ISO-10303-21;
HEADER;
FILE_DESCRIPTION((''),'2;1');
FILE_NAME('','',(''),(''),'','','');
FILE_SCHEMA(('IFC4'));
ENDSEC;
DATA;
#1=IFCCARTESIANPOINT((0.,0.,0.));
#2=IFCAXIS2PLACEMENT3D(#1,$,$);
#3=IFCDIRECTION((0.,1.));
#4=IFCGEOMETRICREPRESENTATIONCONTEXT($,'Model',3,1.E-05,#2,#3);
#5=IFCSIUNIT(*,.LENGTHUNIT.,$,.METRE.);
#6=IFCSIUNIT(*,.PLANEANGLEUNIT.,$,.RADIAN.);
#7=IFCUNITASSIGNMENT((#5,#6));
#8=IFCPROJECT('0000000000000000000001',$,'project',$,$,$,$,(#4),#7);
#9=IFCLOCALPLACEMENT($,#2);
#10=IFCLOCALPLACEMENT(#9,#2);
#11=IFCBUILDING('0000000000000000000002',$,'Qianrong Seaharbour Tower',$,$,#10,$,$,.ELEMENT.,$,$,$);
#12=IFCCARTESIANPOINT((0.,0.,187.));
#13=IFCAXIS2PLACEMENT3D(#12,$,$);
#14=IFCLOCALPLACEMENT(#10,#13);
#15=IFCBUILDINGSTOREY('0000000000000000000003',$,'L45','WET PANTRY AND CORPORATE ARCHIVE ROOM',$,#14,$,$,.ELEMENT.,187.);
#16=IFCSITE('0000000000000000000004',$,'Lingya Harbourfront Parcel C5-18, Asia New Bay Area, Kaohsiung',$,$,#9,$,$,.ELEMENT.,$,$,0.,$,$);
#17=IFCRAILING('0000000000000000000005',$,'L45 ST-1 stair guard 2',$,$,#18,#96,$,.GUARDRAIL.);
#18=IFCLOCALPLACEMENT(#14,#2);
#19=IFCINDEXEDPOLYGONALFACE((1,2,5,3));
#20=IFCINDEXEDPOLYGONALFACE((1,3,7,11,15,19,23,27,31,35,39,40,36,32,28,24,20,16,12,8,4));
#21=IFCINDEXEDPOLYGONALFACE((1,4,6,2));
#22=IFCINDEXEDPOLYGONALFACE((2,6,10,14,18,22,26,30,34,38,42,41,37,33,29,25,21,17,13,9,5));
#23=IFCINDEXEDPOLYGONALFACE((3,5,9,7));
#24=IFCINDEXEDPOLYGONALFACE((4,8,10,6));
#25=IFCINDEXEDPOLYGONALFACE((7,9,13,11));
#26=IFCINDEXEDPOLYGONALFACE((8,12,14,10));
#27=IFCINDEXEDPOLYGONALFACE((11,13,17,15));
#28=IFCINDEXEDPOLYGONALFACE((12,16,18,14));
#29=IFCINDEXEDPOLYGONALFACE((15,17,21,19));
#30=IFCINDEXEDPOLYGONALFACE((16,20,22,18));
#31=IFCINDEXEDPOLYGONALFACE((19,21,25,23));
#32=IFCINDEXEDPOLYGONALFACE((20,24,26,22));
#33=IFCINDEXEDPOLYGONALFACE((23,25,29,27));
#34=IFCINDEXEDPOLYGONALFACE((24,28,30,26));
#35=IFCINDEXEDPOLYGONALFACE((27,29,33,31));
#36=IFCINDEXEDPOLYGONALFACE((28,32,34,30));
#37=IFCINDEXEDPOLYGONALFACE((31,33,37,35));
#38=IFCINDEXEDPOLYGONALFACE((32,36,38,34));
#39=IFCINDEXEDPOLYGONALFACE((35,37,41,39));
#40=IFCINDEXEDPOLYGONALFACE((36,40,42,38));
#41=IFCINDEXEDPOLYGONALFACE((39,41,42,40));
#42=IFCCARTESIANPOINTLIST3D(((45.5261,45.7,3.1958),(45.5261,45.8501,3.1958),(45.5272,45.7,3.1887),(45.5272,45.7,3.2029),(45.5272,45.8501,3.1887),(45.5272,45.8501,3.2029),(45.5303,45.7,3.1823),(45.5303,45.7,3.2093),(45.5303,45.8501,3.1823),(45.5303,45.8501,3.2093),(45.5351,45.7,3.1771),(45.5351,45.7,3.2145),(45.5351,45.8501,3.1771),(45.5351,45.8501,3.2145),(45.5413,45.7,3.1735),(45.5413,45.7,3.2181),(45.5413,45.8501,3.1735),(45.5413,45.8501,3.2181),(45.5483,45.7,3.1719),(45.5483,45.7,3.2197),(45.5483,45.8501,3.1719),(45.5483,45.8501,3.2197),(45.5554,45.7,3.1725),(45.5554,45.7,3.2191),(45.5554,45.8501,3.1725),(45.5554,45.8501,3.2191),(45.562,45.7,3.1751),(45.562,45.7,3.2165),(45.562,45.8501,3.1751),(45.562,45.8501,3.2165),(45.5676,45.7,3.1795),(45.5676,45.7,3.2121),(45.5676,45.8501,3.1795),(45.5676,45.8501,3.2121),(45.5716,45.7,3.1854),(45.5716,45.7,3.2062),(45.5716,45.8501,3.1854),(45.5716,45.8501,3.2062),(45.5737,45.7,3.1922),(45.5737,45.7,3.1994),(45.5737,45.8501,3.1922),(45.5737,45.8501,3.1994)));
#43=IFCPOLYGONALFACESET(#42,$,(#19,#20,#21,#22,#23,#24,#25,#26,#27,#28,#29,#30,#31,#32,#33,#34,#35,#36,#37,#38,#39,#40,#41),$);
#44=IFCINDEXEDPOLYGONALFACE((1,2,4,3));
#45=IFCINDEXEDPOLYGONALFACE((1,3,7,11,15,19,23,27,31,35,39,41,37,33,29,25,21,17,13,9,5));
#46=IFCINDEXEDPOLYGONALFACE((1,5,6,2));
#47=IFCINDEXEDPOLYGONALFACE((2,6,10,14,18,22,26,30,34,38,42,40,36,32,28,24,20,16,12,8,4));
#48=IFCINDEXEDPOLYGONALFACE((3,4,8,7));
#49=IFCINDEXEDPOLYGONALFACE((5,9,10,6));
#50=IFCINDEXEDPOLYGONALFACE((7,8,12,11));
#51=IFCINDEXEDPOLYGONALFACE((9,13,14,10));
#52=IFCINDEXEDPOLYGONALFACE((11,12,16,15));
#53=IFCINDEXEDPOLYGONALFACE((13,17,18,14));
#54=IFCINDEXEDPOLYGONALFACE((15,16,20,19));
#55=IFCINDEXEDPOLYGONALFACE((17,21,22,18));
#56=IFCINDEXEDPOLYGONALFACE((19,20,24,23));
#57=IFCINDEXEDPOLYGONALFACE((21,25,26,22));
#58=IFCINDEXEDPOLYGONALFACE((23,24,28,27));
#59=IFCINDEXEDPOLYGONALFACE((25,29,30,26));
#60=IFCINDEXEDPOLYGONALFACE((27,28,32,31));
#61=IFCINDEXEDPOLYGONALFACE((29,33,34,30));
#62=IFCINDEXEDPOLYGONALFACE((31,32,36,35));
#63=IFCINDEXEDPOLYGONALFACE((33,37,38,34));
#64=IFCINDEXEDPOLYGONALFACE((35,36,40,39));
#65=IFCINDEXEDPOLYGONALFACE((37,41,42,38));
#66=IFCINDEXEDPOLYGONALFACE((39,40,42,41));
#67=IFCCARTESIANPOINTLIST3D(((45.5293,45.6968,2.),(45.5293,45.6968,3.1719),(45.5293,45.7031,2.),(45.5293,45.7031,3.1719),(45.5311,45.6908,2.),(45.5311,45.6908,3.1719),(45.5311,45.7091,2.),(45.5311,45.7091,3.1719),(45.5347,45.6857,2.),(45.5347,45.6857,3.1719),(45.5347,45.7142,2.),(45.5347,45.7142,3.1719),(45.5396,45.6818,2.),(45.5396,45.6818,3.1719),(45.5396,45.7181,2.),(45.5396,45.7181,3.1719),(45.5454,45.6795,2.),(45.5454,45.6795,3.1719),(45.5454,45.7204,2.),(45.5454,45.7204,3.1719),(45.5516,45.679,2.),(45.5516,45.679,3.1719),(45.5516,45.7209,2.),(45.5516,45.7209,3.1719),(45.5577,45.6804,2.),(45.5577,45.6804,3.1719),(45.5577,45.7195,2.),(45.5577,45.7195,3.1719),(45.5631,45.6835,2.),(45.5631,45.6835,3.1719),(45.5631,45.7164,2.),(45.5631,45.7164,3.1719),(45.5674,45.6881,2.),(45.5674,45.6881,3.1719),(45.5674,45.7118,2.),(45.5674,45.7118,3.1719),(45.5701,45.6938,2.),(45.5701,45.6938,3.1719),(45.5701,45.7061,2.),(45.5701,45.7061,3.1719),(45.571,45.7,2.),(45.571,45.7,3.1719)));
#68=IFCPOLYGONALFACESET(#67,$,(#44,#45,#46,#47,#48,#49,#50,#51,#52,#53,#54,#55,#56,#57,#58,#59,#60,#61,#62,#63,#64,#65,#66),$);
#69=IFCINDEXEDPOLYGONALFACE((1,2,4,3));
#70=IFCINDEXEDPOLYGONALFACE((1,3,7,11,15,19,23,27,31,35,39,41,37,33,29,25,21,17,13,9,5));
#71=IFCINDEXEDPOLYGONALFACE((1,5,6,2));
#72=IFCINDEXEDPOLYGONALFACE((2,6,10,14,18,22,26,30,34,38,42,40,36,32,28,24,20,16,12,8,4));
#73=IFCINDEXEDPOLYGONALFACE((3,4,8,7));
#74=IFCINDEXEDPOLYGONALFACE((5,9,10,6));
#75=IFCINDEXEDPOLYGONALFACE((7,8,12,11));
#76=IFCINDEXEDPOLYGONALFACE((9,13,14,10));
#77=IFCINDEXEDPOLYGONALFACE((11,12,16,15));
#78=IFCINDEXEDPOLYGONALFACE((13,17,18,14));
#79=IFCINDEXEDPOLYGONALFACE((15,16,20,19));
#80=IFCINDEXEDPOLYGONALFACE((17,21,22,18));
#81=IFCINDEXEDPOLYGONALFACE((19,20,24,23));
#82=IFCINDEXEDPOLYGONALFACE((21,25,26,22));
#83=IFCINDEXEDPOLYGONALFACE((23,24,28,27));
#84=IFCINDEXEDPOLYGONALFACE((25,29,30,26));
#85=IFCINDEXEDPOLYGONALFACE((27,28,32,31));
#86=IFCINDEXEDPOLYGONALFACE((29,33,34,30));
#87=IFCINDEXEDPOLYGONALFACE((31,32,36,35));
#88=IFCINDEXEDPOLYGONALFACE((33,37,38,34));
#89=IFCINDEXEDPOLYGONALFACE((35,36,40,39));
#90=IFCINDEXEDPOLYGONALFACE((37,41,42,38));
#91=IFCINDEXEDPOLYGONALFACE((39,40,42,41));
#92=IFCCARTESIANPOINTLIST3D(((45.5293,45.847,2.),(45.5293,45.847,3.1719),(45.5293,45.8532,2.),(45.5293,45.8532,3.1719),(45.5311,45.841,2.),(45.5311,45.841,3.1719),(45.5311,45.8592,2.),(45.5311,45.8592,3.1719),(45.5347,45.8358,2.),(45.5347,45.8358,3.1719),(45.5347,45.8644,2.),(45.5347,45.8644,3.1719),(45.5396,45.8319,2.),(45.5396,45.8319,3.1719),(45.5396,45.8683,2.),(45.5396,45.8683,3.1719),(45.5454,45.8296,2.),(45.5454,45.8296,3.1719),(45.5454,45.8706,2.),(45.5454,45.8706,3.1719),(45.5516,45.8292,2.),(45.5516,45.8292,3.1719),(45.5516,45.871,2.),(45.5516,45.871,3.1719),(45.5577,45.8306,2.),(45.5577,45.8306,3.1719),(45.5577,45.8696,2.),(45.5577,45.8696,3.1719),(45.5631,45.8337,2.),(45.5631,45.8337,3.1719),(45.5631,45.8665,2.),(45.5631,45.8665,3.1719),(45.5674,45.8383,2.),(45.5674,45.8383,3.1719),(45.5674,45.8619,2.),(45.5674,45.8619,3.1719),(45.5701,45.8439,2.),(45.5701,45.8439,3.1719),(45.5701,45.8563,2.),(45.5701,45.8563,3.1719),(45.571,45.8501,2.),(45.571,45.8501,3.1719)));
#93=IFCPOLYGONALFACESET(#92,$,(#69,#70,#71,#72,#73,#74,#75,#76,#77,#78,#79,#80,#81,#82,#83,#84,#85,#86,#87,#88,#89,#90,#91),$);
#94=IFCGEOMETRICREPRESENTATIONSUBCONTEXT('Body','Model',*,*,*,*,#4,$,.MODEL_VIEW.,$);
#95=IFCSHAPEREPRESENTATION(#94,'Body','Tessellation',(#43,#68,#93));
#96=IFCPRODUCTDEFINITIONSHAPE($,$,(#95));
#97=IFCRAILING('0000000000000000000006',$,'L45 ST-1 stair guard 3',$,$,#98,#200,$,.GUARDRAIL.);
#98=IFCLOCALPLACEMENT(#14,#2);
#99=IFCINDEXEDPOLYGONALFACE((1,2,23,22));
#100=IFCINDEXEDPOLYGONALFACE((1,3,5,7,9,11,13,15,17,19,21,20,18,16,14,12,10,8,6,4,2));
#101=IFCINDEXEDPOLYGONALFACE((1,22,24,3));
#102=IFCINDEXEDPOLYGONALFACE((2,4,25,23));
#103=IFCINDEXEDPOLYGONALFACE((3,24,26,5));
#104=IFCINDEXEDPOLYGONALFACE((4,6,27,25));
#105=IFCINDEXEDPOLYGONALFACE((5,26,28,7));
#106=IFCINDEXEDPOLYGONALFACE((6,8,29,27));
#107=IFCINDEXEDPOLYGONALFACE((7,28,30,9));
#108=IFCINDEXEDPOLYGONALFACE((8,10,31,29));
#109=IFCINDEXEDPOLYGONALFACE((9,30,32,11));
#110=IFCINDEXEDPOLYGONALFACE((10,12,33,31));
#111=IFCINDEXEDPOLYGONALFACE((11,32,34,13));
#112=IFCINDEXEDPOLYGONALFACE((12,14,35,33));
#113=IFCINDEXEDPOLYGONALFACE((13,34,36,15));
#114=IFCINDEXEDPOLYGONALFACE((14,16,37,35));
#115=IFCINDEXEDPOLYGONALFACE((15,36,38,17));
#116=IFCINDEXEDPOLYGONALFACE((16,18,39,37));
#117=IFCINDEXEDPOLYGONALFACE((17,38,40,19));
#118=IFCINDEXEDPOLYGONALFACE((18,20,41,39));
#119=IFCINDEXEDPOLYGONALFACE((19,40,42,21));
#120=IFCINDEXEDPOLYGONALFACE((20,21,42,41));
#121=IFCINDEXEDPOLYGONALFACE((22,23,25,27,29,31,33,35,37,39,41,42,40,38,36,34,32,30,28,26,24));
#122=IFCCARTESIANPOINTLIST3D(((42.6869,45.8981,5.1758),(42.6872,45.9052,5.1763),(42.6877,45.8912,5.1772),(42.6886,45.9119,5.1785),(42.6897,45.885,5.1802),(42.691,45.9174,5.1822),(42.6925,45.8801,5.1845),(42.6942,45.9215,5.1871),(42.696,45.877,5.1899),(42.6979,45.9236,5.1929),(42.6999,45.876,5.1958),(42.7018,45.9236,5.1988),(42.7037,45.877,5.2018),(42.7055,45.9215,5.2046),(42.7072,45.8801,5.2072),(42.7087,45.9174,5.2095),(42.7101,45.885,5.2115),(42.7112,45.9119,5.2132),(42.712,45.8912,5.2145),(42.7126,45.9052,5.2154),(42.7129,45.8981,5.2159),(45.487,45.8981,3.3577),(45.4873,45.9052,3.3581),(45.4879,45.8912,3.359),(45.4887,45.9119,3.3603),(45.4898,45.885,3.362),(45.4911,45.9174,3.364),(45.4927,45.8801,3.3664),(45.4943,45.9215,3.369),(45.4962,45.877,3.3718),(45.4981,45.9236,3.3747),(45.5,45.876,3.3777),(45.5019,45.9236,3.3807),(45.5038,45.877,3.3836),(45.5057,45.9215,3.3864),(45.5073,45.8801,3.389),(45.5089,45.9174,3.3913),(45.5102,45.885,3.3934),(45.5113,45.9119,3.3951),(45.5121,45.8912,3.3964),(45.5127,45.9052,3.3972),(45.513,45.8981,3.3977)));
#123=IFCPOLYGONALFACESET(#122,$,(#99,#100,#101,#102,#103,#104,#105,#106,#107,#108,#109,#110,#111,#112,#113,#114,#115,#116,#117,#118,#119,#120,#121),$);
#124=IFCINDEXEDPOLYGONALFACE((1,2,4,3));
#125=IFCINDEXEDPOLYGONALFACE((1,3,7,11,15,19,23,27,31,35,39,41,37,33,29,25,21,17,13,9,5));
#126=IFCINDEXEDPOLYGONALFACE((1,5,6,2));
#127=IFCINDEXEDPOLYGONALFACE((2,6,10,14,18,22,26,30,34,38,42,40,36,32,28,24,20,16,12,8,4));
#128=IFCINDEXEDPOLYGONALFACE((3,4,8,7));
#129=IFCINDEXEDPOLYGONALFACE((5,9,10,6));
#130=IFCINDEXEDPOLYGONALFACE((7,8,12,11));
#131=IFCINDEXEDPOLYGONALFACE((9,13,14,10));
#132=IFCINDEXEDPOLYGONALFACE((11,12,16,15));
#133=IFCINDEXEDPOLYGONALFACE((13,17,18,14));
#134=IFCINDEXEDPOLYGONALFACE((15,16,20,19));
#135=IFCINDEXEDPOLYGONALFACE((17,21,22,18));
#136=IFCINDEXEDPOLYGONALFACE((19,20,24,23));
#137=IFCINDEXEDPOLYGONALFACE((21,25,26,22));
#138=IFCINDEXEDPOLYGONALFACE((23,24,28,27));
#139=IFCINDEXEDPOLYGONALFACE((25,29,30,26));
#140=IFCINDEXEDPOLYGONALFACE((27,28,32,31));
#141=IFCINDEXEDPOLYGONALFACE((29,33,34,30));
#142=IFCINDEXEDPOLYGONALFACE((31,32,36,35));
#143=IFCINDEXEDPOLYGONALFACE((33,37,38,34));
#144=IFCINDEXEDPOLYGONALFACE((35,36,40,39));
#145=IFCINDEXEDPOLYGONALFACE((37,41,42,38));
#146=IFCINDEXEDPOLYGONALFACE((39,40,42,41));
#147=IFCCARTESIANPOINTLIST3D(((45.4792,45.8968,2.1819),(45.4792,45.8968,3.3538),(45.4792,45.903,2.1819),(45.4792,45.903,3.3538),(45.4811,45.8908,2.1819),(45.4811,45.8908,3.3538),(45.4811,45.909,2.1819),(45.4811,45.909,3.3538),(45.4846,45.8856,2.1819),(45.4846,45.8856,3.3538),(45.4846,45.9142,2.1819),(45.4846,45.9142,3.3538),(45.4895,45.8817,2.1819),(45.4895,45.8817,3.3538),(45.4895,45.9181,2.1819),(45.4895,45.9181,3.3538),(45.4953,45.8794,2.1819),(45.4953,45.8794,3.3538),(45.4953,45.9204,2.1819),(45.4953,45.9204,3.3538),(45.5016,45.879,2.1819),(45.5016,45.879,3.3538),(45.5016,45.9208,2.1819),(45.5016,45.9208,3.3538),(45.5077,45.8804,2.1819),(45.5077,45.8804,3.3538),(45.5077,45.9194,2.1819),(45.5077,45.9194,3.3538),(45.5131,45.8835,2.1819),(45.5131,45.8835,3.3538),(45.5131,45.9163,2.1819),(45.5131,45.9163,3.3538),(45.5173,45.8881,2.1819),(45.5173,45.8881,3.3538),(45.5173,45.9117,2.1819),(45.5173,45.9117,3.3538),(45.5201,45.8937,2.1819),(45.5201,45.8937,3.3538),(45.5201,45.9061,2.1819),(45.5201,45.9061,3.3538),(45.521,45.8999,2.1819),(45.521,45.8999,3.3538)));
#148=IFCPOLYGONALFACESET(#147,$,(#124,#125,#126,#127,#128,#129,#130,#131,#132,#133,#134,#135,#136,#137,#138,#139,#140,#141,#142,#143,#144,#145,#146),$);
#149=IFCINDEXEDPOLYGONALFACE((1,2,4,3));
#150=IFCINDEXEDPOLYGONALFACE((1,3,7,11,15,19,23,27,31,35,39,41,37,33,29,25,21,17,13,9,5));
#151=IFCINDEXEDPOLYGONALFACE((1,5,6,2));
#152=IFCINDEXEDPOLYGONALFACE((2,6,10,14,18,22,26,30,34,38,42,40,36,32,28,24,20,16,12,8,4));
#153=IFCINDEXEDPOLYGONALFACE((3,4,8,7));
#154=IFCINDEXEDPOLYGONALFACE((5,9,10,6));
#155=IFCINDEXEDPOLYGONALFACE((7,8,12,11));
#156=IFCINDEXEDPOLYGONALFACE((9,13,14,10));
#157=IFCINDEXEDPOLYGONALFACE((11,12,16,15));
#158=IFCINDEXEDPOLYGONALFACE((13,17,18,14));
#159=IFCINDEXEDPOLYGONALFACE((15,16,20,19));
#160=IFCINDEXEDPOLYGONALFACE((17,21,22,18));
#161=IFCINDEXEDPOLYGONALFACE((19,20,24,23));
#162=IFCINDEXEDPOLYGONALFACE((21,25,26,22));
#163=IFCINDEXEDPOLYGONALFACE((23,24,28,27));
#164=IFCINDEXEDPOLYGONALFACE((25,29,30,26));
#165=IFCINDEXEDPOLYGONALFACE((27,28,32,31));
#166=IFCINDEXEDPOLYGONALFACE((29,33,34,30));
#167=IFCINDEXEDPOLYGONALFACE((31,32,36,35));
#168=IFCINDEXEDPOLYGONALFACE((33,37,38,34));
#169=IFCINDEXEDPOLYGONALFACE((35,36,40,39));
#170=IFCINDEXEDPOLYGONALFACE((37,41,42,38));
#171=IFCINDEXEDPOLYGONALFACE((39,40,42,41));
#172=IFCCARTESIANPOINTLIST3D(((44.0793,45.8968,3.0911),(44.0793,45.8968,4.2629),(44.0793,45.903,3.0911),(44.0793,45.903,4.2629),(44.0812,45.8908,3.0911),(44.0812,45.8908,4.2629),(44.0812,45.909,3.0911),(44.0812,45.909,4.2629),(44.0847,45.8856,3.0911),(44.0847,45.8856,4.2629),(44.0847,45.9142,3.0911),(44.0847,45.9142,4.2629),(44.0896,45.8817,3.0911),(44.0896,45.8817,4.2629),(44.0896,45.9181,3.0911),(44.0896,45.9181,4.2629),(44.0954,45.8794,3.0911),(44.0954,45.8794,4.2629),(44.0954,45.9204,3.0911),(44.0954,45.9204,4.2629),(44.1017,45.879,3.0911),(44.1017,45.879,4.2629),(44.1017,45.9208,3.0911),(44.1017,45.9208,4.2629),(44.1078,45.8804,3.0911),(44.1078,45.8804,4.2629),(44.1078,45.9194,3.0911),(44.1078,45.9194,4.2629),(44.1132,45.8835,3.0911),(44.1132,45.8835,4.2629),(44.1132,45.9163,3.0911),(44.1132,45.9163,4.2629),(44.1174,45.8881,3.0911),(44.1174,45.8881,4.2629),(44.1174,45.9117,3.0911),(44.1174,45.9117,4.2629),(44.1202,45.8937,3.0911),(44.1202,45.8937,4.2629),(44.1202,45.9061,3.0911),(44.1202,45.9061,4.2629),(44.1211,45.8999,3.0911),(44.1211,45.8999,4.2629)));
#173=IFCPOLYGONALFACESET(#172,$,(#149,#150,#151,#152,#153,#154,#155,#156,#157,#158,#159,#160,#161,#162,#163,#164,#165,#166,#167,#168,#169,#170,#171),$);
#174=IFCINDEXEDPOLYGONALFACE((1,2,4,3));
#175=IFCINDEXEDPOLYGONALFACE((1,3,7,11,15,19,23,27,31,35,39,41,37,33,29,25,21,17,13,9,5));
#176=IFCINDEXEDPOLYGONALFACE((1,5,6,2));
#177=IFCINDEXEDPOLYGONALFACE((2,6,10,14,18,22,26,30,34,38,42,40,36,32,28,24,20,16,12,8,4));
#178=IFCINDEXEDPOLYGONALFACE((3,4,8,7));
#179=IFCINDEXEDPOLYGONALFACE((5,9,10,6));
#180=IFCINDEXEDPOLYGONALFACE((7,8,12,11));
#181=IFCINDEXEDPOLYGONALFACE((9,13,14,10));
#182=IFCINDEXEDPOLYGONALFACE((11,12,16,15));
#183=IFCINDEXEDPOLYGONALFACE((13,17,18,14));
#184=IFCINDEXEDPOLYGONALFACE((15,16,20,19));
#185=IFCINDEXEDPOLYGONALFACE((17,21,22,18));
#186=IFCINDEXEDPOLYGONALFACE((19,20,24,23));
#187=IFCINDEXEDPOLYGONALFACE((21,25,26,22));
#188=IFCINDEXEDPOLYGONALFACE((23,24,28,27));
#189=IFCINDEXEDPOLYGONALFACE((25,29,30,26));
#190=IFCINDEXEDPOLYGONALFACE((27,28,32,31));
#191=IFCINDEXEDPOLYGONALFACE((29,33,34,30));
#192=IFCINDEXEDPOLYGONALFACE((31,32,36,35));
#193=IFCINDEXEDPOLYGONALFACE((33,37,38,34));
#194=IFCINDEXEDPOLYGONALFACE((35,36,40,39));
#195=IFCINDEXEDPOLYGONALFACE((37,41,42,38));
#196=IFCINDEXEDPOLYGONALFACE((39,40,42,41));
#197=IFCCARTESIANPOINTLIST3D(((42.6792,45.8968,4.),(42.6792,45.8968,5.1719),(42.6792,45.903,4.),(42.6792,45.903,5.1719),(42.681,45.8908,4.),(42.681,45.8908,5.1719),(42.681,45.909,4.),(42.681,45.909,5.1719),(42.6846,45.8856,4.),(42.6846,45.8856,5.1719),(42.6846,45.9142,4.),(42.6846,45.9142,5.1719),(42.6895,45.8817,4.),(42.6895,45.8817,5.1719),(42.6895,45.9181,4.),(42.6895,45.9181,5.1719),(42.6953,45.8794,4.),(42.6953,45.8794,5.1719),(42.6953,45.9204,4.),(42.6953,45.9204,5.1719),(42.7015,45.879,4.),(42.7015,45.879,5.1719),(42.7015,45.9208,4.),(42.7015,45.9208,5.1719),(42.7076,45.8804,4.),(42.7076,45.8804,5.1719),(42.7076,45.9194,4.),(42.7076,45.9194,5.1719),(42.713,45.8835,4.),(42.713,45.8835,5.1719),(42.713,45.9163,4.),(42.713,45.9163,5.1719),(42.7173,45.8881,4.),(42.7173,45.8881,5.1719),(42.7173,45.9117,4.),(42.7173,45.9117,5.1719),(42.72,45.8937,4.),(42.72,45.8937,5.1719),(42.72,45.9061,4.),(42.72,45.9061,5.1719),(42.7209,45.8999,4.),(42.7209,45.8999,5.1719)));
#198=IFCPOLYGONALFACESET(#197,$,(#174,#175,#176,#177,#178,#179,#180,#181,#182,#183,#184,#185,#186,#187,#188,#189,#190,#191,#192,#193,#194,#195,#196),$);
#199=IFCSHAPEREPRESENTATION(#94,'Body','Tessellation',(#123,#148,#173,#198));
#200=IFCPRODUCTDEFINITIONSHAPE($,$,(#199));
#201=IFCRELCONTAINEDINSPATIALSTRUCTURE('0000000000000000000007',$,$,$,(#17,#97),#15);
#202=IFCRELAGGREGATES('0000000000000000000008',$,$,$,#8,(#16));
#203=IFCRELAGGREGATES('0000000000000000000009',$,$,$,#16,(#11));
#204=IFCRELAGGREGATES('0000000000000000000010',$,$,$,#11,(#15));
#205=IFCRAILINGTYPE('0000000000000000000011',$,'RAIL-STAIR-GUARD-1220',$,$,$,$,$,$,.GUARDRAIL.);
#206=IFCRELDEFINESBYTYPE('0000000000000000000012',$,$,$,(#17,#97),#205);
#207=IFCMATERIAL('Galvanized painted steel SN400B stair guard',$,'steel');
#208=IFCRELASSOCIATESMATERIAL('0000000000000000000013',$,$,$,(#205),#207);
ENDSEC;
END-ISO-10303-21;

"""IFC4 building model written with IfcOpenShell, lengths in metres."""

from ifc_helpers import new_model, si_unit, direction, frame, origin, origin_2d, place, context, subcontext, project, spatial, circle, extrude, material, type_object, element, save


model = new_model("IFC4")

# Units and contexts
model_context = context("Model", 3, precision=1e-05, world=origin(), true_north=direction((0.0, 1.0)))
body_context = subcontext(model_context, "Body", "Model", "MODEL_VIEW")
ifc_project = project(units=[si_unit("LENGTHUNIT", "METRE"), si_unit("PLANEANGLEUNIT", "RADIAN")], contexts=[model_context])

# Site, building, storey
site_placement = place(None, origin())
site = spatial("IfcSite", under=ifc_project, at=site_placement, Name="Lingya Harbourfront Parcel C5-18, Asia New Bay Area, Kaohsiung", CompositionType="ELEMENT", RefElevation=0.0)
building_placement = place(site_placement, origin())
building = spatial("IfcBuilding", under=site, at=building_placement, Name="Qianrong Seaharbour Tower", CompositionType="ELEMENT")
storey_placement = place(building_placement, frame((0.0, 0.0, 187.0)))
storey = spatial("IfcBuildingStorey", under=building, at=storey_placement, Name="L45", Description="WET PANTRY AND CORPORATE ARCHIVE ROOM", CompositionType="ELEMENT", Elevation=187.0)

# Railings
ifc_material_1 = material(Name="Galvanized painted steel SN400B stair guard", Category="steel")
railing_type_1 = type_object("IfcRailingType", Name="RAIL-STAIR-GUARD-1220", PredefinedType="GUARDRAIL", material=ifc_material_1)
railing_1_placement = place(storey_placement, frame((45.55, 45.7, 2.0)))
element("IfcRailing", 1, at=railing_1_placement, inside=storey, type_object=railing_type_1, Name="L45 ST-1 stair guard 2", PredefinedType="GUARDRAIL", context=body_context, shape_type="SweptSolid", body=[
    extrude(circle(Radius=0.0239, at=origin_2d()), frame((0.0, 0.0, 1.1958), z_axis=(0.0, 1.0, 0.0), x_axis=(-1.0, 0.0, 0.0)), (0.0, 0.0, 1.0), 0.1501),
    extrude(circle(Radius=0.021, at=origin_2d()), origin(), (0.0, 0.0, 1.0), 1.1719),
    extrude(circle(Radius=0.021, at=origin_2d()), frame((0.0, 0.1501, 0.0)), (0.0, 0.0, 1.0), 1.1719),
])
railing_2_placement = place(storey_placement, frame((45.5, 45.8999, 2.1819)))
element("IfcRailing", 2, at=railing_2_placement, inside=storey, type_object=railing_type_1, Name="L45 ST-1 stair guard 3", PredefinedType="GUARDRAIL", context=body_context, shape_type="SweptSolid", body=[
    extrude(circle(Radius=0.0239, at=origin_2d()), frame((0.0, 0.0, 1.1958), z_axis=(-0.838706, 0.0, 0.544585), x_axis=(0.0, -1.0, 0.0)), (0.0, 0.0, 1.0), 3.3386),
    extrude(circle(Radius=0.021, at=origin_2d()), origin(), (0.0, 0.0, 1.0), 1.1719),
    extrude(circle(Radius=0.021, at=origin_2d()), frame((-1.3999, 0.0, 0.9092)), (0.0, 0.0, 1.0), 1.1719),
    extrude(circle(Radius=0.021, at=origin_2d()), frame((-2.8, 0.0, 1.8181)), (0.0, 0.0, 1.0), 1.1719),
])

save(model, "model.ifc")
